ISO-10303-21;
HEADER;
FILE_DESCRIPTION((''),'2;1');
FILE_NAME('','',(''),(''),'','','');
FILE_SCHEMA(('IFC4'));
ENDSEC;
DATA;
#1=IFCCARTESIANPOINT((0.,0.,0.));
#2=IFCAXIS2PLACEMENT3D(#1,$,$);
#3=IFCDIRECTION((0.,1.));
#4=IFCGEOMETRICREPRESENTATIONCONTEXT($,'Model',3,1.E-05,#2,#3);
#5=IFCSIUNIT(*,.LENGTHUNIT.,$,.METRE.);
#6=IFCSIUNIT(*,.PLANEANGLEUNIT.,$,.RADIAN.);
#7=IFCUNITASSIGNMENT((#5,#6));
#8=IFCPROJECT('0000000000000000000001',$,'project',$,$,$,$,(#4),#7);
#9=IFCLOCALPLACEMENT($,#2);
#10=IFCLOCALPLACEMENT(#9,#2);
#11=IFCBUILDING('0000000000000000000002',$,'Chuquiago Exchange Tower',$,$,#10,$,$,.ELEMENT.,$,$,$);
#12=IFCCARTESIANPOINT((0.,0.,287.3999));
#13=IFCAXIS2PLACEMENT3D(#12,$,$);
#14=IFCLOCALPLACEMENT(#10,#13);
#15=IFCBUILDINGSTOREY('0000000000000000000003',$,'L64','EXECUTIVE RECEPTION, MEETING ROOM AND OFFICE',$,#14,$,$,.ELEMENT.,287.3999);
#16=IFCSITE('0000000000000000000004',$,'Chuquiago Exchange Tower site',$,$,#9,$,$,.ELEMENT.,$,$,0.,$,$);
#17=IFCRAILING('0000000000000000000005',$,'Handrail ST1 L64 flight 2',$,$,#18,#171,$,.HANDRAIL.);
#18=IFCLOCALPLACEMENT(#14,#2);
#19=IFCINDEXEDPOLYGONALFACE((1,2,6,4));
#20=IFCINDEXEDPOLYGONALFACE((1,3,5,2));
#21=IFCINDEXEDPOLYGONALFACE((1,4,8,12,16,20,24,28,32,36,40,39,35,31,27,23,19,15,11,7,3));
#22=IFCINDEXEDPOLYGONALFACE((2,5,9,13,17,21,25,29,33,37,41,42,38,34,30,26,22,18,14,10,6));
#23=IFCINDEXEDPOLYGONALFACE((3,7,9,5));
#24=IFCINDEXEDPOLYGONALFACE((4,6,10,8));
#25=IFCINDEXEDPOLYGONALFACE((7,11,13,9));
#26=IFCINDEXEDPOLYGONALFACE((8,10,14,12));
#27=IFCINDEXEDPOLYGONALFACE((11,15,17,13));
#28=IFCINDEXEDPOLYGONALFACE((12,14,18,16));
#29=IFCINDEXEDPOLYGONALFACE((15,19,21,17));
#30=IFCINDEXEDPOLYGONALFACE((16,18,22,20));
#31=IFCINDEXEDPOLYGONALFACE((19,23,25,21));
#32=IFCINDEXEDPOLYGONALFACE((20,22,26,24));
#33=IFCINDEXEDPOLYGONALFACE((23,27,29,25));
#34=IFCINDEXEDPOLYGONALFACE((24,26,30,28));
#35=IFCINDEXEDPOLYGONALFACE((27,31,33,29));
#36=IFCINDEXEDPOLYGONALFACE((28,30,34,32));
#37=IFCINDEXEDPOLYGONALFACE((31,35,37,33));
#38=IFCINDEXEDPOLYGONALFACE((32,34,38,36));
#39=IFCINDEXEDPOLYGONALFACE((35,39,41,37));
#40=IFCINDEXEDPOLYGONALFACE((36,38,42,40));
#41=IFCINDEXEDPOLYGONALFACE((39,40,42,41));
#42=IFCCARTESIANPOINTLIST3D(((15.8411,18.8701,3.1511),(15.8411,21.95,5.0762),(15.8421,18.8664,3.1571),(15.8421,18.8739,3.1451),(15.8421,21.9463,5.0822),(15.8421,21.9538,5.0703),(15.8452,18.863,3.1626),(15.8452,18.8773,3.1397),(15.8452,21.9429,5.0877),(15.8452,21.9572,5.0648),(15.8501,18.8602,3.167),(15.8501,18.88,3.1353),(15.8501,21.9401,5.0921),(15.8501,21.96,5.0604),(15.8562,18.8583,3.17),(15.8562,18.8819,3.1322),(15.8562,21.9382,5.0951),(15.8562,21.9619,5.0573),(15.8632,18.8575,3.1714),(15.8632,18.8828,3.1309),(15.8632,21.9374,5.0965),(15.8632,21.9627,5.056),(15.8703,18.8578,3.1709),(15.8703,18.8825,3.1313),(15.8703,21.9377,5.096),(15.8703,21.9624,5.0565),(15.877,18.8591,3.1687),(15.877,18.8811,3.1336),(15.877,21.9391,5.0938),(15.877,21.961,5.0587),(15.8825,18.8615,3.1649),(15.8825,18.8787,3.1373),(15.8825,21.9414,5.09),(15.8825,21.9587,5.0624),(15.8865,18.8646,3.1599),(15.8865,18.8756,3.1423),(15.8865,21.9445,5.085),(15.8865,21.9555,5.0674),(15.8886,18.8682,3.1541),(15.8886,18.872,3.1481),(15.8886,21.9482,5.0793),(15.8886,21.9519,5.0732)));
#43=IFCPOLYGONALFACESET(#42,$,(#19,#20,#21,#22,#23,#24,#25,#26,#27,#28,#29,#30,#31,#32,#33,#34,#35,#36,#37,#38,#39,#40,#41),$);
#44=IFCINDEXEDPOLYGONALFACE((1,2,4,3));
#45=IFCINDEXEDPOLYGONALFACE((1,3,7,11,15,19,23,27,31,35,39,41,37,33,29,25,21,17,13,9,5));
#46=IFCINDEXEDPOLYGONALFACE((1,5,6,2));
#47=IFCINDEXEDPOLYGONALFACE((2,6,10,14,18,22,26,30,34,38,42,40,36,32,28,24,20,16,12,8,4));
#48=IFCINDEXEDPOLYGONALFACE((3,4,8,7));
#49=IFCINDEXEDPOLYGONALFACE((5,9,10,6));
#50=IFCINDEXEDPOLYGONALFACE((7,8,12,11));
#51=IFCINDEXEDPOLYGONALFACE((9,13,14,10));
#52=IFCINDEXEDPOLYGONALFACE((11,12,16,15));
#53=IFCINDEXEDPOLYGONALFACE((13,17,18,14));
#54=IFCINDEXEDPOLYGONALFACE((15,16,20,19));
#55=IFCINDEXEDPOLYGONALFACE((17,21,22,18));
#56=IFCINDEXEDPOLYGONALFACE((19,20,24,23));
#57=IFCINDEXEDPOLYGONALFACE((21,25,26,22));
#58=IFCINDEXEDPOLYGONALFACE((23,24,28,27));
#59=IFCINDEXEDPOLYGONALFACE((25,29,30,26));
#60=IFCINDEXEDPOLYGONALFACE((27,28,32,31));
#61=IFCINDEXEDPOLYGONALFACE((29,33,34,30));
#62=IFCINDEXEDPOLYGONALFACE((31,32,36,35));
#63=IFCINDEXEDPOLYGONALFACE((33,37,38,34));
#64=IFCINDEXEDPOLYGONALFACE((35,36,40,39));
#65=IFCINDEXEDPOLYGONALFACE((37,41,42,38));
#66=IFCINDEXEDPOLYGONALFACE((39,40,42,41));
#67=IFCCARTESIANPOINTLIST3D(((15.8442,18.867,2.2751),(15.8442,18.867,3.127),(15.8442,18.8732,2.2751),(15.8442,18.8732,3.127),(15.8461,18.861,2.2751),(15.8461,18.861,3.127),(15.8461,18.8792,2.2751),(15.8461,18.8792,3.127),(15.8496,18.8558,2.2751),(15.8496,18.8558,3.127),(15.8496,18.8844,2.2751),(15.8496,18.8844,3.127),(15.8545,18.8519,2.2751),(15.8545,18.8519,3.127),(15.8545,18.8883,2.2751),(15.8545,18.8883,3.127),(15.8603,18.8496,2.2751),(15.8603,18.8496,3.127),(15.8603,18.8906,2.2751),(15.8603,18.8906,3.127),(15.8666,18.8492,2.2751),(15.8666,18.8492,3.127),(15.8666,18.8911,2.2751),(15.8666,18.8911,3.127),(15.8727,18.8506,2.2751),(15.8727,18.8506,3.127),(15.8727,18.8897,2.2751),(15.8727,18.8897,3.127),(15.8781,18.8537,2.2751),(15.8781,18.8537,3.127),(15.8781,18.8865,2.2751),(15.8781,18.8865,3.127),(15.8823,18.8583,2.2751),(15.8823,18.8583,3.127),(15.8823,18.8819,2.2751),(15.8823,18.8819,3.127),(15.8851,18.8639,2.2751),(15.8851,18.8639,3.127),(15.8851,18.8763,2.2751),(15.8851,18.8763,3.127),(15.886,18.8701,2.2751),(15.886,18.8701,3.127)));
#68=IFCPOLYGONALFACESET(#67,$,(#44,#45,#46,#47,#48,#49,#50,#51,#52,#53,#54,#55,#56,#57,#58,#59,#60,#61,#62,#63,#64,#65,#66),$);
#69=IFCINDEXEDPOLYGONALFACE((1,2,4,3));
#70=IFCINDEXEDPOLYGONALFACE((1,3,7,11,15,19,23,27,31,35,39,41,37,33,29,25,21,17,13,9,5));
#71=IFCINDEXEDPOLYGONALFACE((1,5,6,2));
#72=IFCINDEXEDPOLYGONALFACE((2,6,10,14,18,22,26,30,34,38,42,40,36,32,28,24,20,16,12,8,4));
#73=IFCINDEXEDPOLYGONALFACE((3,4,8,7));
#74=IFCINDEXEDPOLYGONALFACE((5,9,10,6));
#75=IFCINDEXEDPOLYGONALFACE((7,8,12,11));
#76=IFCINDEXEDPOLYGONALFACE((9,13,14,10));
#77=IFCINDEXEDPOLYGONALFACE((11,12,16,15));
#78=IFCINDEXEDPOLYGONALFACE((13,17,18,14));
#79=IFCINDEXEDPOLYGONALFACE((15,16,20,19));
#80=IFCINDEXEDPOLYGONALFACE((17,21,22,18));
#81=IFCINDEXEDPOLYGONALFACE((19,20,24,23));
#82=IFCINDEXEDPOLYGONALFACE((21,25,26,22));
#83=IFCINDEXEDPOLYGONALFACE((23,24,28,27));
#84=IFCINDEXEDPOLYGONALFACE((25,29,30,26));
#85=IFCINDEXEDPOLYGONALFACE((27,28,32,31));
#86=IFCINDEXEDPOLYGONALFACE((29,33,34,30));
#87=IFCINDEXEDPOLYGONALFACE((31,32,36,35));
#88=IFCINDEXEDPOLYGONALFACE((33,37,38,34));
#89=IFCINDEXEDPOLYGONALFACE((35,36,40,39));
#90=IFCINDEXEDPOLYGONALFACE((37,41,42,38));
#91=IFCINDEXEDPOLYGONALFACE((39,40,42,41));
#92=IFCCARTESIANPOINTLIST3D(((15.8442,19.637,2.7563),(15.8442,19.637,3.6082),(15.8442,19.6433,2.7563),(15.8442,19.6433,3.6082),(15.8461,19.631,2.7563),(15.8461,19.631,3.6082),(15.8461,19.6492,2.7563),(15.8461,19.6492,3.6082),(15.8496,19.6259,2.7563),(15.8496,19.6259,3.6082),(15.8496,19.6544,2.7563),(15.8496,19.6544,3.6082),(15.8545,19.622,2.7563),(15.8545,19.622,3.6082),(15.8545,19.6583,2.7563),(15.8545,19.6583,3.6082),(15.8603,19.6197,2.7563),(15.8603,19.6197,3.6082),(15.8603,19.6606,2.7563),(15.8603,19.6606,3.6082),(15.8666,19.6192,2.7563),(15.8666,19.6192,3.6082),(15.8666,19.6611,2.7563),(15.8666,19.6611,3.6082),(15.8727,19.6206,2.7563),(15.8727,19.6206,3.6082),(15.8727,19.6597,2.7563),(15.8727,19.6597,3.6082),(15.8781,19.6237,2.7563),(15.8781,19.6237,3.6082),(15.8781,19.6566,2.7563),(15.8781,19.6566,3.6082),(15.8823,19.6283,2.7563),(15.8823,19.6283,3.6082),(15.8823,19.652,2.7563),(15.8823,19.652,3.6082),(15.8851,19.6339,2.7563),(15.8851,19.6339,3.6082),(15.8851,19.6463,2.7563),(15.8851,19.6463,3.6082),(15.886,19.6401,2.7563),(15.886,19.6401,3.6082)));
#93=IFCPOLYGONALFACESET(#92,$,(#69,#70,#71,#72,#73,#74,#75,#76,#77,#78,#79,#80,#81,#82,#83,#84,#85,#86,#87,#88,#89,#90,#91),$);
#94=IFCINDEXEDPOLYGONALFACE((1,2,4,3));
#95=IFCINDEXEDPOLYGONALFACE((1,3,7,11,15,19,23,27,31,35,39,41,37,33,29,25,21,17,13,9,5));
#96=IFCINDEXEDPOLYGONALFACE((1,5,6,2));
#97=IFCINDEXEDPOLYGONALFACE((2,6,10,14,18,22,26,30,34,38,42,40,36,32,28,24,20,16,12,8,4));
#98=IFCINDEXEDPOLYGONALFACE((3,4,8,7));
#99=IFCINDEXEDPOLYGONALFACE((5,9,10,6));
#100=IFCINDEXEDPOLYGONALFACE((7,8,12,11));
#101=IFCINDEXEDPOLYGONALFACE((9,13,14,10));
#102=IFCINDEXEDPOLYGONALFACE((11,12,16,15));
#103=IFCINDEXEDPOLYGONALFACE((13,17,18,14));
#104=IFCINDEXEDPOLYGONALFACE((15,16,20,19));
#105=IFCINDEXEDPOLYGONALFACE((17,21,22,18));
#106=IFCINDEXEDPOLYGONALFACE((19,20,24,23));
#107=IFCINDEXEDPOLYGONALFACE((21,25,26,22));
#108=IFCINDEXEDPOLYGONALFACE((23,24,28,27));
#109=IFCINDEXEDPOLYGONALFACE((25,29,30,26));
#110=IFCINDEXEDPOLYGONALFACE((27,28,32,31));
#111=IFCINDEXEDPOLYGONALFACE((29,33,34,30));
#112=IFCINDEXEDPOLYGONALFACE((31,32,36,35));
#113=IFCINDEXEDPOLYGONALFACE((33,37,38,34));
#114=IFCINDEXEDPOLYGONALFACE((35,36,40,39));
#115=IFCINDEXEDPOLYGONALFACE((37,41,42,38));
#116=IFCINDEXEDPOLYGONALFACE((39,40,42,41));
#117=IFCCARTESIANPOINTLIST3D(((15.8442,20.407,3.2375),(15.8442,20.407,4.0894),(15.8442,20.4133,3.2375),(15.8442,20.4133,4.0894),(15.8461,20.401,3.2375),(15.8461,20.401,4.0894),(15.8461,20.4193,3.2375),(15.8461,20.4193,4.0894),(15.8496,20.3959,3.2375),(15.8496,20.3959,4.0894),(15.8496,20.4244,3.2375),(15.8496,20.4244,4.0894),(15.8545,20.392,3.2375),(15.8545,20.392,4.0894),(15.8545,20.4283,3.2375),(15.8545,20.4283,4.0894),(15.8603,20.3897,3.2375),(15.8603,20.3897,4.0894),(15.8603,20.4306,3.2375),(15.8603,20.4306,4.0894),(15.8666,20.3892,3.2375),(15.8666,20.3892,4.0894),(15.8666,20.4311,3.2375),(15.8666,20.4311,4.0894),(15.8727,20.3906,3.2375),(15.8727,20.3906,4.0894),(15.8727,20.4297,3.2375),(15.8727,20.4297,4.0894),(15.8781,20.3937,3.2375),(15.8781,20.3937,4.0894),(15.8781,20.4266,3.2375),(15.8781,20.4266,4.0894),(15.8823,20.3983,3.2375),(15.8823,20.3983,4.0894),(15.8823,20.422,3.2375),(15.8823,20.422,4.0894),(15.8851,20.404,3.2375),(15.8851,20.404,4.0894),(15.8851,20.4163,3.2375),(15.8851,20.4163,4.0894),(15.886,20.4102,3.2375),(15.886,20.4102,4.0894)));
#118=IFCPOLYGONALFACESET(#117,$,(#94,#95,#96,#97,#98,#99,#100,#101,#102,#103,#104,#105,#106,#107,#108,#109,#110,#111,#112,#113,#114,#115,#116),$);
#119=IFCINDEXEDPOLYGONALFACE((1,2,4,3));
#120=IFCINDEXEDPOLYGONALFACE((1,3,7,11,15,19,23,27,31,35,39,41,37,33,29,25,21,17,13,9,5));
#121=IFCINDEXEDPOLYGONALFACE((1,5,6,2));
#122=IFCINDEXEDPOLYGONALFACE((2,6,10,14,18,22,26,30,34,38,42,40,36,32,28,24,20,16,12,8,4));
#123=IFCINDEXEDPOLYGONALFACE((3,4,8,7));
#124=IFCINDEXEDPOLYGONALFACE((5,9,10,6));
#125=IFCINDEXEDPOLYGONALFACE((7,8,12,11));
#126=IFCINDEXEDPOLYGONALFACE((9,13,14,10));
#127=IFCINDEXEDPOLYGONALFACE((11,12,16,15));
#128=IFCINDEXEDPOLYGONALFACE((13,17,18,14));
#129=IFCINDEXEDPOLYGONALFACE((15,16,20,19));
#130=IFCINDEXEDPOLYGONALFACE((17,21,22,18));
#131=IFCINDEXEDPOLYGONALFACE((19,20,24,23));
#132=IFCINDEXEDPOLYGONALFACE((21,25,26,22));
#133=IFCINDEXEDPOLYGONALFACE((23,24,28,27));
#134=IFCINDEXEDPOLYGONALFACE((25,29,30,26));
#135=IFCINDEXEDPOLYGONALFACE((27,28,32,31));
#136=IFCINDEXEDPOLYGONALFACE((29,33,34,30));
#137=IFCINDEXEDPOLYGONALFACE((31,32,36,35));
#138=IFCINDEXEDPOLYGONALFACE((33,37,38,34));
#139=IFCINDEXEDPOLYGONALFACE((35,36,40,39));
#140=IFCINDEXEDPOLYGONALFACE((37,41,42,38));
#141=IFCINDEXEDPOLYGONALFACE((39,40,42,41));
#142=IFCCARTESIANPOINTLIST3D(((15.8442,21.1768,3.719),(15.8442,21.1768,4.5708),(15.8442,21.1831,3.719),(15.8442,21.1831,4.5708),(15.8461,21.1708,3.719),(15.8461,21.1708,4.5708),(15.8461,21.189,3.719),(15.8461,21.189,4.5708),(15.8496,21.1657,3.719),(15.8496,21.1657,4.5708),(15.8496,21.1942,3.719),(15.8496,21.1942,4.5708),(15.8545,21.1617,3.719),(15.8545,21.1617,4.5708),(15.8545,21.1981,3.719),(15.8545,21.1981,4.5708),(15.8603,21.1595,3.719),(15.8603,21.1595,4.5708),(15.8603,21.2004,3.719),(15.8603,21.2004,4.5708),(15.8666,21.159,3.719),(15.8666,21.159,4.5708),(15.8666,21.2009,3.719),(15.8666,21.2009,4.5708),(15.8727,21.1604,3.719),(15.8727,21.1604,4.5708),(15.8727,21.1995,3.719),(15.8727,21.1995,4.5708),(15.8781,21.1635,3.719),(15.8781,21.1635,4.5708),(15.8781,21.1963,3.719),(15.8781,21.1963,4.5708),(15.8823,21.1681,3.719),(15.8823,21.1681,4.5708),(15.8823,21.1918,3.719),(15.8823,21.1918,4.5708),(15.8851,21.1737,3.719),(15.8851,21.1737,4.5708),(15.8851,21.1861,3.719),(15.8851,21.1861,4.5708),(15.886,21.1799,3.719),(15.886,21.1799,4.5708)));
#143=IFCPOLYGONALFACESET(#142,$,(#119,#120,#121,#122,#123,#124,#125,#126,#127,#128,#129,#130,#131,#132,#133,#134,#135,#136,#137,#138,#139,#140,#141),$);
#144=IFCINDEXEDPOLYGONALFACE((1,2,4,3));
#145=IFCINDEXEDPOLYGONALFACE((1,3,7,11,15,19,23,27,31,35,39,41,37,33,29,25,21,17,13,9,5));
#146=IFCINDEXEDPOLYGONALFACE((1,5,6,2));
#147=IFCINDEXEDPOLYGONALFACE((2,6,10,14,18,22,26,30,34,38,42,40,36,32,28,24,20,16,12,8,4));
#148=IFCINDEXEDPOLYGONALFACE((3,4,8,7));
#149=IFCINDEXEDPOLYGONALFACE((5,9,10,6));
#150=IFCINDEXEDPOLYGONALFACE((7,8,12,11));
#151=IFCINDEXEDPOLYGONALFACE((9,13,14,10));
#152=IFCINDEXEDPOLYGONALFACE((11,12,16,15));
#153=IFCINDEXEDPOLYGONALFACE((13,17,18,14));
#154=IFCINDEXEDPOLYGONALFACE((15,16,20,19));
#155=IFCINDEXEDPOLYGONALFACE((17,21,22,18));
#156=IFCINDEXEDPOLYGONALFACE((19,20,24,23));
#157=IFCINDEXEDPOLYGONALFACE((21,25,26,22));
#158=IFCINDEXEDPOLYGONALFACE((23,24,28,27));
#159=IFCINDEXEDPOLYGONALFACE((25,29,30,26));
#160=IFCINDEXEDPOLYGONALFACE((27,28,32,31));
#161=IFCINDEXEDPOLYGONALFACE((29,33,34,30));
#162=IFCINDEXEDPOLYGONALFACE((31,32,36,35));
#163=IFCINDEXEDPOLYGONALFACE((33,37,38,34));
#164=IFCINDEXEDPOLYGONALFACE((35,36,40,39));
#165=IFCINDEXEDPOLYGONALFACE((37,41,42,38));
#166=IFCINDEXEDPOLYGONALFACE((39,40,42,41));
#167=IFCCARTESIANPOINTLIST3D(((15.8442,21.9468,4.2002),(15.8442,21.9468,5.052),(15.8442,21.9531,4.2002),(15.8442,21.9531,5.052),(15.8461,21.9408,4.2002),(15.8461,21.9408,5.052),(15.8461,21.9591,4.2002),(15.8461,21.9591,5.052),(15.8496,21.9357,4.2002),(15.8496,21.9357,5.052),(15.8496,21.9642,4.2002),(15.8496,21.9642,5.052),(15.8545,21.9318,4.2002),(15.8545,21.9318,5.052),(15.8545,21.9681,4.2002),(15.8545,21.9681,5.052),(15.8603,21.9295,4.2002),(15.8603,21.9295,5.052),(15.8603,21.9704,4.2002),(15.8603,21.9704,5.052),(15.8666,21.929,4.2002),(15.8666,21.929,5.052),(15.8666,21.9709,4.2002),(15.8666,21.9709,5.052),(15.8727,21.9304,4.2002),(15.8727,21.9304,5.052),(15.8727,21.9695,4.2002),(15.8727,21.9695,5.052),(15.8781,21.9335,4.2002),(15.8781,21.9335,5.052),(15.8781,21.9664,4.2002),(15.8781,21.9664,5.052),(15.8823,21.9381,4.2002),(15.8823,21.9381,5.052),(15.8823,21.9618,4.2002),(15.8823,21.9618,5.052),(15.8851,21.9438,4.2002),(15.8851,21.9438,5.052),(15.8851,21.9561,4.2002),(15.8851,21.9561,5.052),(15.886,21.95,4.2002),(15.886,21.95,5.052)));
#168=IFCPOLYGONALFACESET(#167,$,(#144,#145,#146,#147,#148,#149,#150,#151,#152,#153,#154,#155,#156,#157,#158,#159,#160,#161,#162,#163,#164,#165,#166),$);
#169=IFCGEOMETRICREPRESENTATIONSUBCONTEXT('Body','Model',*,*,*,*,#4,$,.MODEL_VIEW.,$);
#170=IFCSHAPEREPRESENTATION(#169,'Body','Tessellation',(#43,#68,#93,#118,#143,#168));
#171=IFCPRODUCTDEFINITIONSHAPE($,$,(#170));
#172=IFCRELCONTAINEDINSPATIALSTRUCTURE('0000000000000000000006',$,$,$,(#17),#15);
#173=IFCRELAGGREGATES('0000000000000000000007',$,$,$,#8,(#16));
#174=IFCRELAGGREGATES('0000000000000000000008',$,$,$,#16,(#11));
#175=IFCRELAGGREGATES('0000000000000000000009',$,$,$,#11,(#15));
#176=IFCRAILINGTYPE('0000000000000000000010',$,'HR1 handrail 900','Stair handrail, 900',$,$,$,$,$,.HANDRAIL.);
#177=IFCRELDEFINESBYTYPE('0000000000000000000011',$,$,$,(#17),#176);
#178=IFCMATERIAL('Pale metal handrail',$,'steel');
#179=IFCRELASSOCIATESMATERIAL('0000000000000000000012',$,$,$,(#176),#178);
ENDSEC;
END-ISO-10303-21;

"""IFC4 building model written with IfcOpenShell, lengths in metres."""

from ifc_helpers import new_model, si_unit, direction, frame, origin, origin_2d, place, context, subcontext, project, spatial, circle, extrude, material, type_object, element, save


model = new_model("IFC4")

# Units and contexts
model_context = context("Model", 3, precision=1e-05, world=origin(), true_north=direction((0.0, 1.0)))
body_context = subcontext(model_context, "Body", "Model", "MODEL_VIEW")
ifc_project = project(units=[si_unit("LENGTHUNIT", "METRE"), si_unit("PLANEANGLEUNIT", "RADIAN")], contexts=[model_context])

# Site, building, storey
site_placement = place(None, origin())
site = spatial("IfcSite", under=ifc_project, at=site_placement, Name="Chuquiago Exchange Tower site", CompositionType="ELEMENT", RefElevation=0.0)
building_placement = place(site_placement, origin())
building = spatial("IfcBuilding", under=site, at=building_placement, Name="Chuquiago Exchange Tower", CompositionType="ELEMENT")
storey_placement = place(building_placement, frame((0.0, 0.0, 287.3999)))
storey = spatial("IfcBuildingStorey", under=building, at=storey_placement, Name="L64", Description="EXECUTIVE RECEPTION, MEETING ROOM AND OFFICE", CompositionType="ELEMENT", Elevation=287.3999)

# Railing
ifc_material_1 = material(Name="Pale metal handrail", Category="steel")
railing_type_1 = type_object("IfcRailingType", Name="HR1 handrail 900", Description="Stair handrail, 900", PredefinedType="HANDRAIL", material=ifc_material_1)
for number, where, name in (
    (1, (15.865, 18.8701, 2.2751), "Handrail ST1 L64 flight 2"),
):
    element("IfcRailing", number, at=place(storey_placement, frame(where)), inside=storey, type_object=railing_type_1, Name=name, PredefinedType="HANDRAIL", context=body_context, shape_type="SweptSolid", body=[
        extrude(circle(Radius=0.0239, at=origin_2d()), frame((0.0, 0.0, 0.876), z_axis=(0.0, 0.847979, 0.530029), x_axis=(-1.0, 0.0, 0.0)), (0.0, 0.0, 1.0), 3.6321),
        extrude(circle(Radius=0.021, at=origin_2d()), origin(), (0.0, 0.0, 1.0), 0.8518),
        extrude(circle(Radius=0.021, at=origin_2d()), frame((0.0, 0.77, 0.4812)), (0.0, 0.0, 1.0), 0.8518),
        extrude(circle(Radius=0.021, at=origin_2d()), frame((0.0, 1.54, 0.9624)), (0.0, 0.0, 1.0), 0.8518),
        extrude(circle(Radius=0.021, at=origin_2d()), frame((0.0, 2.3098, 1.4438)), (0.0, 0.0, 1.0), 0.8518),
        extrude(circle(Radius=0.021, at=origin_2d()), frame((0.0, 3.0798, 1.925)), (0.0, 0.0, 1.0), 0.8518),
    ])

save(model, "model.ifc")
